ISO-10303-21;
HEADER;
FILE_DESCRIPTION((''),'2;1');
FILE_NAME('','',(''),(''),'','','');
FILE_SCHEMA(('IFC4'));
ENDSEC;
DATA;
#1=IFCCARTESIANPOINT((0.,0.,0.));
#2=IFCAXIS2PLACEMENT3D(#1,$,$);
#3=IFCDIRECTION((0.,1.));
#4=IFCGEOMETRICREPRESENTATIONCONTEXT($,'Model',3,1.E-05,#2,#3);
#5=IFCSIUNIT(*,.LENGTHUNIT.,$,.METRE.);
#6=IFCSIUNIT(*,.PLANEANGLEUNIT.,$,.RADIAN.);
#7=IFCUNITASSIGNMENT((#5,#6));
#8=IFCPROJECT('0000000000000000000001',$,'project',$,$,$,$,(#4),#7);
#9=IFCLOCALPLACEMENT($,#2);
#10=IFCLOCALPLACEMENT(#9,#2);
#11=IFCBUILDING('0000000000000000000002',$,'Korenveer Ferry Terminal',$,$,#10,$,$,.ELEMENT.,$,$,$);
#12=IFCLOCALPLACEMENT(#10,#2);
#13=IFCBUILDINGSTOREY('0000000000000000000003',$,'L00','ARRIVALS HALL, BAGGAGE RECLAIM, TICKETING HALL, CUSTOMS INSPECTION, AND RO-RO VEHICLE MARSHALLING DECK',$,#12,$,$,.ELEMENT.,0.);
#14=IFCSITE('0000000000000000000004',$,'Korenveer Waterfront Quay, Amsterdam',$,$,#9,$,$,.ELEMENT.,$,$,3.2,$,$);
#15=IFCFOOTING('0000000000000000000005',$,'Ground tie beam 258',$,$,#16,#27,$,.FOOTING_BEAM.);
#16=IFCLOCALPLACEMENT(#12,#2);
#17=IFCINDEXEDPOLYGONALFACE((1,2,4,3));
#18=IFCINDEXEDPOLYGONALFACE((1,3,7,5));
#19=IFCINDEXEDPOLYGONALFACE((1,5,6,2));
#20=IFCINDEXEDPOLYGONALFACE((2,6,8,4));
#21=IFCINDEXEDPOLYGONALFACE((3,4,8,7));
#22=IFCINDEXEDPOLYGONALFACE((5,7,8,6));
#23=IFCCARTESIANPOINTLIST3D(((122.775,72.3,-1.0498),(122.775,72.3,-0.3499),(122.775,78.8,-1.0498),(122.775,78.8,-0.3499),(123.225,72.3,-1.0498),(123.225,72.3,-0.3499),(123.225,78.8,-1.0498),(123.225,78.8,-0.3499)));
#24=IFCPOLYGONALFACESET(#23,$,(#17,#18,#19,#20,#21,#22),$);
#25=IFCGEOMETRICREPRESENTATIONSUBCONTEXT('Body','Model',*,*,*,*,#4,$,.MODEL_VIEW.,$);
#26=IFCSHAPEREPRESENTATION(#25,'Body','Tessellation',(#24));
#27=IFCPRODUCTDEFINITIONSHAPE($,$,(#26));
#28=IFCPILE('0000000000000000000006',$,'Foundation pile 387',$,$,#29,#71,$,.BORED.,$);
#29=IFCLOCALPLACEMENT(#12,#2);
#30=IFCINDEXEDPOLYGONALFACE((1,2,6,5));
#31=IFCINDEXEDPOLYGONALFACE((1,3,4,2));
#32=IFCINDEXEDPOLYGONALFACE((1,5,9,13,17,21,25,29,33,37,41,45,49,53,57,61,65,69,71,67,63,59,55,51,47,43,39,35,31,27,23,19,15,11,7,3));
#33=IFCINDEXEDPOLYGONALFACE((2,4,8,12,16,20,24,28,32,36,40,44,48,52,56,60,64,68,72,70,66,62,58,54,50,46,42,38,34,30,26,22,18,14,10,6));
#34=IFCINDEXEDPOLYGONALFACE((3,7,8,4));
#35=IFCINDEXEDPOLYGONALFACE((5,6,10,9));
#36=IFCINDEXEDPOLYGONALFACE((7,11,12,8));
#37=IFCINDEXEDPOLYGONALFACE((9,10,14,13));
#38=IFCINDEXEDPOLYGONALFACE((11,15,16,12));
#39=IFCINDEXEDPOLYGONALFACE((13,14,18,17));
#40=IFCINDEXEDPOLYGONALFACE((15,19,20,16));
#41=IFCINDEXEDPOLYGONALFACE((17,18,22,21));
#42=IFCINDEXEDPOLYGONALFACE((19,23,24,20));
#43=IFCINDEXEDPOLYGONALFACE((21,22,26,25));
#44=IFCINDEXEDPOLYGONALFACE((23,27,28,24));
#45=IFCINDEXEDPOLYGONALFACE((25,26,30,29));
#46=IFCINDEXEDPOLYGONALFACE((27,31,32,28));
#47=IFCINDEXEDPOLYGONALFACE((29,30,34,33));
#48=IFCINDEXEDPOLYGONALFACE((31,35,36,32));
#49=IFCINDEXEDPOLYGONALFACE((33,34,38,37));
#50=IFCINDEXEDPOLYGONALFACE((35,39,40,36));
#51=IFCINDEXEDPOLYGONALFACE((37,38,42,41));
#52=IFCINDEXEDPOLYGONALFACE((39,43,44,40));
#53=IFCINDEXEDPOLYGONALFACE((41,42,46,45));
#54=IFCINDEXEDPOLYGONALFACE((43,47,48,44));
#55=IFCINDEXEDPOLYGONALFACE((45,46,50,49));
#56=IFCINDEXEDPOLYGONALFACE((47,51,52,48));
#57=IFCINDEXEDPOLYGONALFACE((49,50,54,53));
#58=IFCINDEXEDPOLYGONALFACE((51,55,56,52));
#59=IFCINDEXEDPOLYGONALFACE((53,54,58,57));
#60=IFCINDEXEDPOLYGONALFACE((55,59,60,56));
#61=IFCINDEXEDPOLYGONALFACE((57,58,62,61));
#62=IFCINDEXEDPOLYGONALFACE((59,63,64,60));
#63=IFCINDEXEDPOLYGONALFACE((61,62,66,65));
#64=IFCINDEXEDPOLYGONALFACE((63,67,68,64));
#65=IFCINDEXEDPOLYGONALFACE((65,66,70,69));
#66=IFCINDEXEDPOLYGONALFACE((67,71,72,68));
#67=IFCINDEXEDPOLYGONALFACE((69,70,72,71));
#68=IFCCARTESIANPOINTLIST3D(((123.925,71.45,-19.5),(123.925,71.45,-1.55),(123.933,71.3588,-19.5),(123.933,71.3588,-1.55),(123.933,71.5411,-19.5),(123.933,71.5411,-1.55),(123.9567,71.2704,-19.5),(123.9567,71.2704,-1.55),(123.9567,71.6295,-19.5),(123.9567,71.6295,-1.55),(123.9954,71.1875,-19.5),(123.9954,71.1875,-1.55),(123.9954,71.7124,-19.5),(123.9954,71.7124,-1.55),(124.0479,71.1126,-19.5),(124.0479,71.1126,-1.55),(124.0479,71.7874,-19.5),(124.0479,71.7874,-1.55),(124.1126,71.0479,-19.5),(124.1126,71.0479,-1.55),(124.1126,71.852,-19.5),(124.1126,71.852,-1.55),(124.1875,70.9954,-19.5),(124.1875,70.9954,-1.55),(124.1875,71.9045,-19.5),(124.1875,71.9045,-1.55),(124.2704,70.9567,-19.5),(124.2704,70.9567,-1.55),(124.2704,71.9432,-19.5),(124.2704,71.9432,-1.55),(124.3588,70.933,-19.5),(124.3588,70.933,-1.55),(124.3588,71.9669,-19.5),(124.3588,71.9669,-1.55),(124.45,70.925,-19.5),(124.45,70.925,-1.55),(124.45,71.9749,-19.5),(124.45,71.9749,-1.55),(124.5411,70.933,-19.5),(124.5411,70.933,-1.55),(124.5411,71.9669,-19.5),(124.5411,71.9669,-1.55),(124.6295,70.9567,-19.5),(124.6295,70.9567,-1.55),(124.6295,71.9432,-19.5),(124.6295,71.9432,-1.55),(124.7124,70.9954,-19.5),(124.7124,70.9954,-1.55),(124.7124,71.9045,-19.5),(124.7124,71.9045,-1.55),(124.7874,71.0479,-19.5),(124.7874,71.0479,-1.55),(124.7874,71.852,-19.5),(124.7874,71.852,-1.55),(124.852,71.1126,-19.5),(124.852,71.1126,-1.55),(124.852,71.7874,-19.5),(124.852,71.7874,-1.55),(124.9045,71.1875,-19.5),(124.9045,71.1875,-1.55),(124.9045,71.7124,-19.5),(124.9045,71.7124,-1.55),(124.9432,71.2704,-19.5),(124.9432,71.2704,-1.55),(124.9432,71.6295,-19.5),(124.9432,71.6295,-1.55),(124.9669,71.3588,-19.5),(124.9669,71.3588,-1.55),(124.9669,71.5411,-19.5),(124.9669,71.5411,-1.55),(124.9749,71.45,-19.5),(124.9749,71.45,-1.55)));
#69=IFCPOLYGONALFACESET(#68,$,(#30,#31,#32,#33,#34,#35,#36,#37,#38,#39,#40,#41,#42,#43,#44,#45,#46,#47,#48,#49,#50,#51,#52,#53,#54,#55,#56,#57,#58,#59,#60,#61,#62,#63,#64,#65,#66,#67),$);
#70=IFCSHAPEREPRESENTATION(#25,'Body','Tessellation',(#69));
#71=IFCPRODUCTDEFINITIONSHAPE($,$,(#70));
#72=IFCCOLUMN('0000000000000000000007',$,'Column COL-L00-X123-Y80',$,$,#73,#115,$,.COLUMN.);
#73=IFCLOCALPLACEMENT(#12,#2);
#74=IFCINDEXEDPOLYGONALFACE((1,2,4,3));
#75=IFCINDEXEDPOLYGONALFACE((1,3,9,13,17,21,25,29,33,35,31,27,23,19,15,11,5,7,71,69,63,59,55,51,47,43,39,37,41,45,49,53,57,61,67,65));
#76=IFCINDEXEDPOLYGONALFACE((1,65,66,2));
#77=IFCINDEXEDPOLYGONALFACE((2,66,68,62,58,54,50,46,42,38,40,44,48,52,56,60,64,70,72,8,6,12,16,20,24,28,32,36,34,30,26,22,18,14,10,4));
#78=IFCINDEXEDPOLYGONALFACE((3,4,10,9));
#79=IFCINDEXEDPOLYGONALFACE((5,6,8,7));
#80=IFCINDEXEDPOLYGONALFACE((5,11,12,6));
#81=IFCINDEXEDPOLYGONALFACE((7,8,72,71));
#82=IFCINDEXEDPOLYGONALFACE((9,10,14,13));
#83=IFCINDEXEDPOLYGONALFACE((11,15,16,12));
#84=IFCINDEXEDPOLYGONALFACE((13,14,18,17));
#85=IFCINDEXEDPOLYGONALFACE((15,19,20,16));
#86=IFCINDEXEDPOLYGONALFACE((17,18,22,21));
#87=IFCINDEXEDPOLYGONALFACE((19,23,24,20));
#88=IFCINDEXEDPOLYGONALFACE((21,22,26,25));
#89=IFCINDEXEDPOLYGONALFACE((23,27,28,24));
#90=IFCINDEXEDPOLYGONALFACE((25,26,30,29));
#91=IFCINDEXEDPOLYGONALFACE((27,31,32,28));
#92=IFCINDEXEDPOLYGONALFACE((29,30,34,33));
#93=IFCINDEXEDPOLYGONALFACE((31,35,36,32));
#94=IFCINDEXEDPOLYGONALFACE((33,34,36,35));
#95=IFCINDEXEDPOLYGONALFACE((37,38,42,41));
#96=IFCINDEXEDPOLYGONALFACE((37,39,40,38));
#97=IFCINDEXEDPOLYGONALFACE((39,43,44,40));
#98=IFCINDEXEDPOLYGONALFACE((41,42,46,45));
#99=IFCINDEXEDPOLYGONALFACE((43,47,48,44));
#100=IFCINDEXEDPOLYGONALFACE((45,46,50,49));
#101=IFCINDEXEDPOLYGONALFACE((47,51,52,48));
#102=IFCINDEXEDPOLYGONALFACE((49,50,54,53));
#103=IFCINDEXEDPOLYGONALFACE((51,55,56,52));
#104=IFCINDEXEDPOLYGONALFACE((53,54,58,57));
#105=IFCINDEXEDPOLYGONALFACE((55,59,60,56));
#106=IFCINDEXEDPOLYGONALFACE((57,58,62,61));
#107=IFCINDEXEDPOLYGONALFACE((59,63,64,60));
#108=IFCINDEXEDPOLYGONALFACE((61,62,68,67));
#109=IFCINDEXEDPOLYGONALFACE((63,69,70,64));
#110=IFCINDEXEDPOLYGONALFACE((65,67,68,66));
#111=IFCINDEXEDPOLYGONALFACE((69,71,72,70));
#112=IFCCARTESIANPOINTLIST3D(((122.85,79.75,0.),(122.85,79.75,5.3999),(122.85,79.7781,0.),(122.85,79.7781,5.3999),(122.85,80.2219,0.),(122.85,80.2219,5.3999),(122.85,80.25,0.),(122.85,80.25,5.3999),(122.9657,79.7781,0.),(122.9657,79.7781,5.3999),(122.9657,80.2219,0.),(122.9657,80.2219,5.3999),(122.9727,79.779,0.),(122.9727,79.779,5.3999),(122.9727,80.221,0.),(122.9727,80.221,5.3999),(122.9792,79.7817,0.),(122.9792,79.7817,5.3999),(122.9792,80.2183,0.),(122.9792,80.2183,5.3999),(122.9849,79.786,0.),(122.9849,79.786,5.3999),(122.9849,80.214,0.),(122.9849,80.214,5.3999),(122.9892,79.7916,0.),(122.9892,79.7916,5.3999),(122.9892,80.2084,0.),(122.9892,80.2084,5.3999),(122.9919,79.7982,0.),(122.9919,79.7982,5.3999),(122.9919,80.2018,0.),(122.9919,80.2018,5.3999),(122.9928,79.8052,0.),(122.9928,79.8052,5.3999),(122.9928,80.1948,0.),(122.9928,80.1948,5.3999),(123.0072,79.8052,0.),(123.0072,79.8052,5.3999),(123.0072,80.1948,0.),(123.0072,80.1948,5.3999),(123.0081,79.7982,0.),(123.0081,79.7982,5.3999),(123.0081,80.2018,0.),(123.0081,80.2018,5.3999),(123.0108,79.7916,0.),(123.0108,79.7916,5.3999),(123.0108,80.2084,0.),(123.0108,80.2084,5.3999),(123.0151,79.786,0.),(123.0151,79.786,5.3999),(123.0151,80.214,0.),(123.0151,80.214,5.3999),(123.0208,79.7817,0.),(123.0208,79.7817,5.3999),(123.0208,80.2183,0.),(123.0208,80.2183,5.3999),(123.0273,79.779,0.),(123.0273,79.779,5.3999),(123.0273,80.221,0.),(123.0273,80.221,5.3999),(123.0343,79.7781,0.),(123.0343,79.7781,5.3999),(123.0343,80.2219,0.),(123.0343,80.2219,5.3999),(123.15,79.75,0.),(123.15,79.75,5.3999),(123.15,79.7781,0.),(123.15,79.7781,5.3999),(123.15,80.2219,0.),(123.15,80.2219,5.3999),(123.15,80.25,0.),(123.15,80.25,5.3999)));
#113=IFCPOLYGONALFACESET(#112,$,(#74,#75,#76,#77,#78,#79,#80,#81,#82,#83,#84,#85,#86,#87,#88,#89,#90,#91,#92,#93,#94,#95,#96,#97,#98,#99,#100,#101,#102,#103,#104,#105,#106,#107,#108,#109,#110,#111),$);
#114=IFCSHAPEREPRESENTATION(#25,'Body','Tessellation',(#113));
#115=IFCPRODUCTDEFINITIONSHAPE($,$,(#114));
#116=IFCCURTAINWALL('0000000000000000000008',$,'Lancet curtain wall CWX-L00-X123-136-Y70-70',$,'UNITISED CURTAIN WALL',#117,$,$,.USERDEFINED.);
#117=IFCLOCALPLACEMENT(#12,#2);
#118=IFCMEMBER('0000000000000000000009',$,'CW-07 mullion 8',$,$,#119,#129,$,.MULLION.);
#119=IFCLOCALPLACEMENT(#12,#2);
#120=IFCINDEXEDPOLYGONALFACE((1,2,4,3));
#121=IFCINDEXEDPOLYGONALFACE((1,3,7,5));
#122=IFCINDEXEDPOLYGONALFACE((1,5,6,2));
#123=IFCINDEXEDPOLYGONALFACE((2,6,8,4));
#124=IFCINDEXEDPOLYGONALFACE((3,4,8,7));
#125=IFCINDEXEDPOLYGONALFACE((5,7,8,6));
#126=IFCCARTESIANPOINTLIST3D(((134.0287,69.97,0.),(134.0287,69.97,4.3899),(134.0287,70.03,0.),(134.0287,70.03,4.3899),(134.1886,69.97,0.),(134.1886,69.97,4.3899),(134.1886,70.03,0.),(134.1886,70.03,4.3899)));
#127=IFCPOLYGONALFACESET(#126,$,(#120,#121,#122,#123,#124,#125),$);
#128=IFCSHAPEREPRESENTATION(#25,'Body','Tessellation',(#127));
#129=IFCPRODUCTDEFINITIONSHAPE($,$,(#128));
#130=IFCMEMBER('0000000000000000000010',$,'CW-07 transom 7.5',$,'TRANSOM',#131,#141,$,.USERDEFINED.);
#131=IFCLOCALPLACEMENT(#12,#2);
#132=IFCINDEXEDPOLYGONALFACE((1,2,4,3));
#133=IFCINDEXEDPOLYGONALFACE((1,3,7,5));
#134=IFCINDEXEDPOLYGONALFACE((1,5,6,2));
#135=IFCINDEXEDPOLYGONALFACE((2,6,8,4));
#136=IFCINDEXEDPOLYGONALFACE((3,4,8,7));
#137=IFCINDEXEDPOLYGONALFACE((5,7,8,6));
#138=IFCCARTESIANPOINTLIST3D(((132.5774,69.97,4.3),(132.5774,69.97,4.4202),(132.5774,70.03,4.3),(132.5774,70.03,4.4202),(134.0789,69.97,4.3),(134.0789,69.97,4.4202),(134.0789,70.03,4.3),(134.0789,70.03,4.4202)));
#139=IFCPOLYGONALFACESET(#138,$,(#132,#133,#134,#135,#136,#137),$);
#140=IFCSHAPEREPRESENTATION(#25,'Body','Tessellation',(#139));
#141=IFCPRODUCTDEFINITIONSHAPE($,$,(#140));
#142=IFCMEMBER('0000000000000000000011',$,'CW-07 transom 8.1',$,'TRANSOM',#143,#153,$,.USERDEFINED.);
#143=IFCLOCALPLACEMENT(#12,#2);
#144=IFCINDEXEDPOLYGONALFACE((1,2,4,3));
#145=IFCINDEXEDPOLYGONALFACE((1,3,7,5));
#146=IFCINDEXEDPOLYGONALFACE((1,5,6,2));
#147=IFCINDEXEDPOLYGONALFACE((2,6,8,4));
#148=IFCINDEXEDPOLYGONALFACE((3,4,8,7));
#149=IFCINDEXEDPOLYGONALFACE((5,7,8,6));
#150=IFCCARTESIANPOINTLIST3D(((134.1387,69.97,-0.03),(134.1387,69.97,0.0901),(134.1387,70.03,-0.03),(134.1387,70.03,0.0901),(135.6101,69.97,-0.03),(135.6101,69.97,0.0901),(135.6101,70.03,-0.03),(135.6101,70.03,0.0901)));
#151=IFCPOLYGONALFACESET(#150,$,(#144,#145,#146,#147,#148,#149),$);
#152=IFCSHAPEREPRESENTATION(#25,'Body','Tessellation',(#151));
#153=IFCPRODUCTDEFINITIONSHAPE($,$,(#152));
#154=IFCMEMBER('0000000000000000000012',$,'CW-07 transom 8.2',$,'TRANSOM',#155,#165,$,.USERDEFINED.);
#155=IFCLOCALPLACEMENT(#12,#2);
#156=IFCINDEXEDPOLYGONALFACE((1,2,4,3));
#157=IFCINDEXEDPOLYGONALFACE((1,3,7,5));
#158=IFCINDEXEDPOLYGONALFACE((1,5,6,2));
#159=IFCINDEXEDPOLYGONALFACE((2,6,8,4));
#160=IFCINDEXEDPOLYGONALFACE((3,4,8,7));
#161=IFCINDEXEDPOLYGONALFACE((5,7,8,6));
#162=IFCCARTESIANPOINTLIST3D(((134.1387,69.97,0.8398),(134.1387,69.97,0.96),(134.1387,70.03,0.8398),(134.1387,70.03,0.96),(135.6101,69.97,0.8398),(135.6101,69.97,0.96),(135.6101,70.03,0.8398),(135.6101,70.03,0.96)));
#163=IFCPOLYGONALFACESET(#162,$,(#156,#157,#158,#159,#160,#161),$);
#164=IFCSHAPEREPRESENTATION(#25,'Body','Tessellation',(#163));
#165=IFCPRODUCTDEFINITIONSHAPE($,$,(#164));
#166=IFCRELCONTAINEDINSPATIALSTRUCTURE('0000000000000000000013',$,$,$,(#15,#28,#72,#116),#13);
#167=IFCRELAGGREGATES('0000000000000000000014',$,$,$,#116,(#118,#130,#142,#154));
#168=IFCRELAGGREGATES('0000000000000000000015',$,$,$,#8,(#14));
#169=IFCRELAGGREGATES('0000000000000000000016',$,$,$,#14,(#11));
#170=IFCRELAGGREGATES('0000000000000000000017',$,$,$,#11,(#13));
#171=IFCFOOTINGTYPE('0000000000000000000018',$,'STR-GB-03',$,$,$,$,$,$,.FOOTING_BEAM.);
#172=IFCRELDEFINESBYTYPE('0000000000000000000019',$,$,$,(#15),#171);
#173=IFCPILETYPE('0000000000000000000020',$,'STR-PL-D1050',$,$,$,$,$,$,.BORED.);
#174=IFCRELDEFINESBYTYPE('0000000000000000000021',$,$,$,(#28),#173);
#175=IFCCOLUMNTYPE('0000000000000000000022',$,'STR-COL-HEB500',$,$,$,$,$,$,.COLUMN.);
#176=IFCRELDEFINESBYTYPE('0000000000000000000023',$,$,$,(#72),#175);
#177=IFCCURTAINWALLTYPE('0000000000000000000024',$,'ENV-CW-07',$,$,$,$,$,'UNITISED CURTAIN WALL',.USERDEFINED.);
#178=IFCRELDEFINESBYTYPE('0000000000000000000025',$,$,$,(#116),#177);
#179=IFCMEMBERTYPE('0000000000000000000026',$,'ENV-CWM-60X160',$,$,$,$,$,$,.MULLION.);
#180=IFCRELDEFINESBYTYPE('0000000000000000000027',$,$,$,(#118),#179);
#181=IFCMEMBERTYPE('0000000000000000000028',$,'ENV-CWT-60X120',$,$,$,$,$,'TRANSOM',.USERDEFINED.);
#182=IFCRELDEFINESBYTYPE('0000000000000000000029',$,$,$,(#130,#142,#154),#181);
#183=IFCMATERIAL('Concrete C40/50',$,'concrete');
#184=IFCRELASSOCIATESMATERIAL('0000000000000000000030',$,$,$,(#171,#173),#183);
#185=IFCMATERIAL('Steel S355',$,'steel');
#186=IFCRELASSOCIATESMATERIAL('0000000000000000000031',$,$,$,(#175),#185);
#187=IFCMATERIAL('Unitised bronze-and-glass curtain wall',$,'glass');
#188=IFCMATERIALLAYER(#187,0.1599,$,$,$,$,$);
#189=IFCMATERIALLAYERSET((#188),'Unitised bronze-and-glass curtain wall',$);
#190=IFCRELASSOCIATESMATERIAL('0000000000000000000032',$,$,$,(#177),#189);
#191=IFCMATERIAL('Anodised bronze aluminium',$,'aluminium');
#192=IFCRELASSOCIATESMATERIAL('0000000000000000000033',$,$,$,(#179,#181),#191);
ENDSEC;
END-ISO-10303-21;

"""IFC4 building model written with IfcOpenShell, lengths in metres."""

from ifc_helpers import new_model, si_unit, direction, frame, origin, origin_2d, place, context, subcontext, project, spatial, rectangle, circle, i_section, extrude, material, layer, layer_set, material_profile, profile_set, type_object, element, aggregate, save


model = new_model("IFC4")

# Units and contexts
model_context = context("Model", 3, precision=1e-05, world=origin(), true_north=direction((0.0, 1.0)))
body_context = subcontext(model_context, "Body", "Model", "MODEL_VIEW")
ifc_project = project(units=[si_unit("LENGTHUNIT", "METRE"), si_unit("PLANEANGLEUNIT", "RADIAN")], contexts=[model_context])

# Site, building, storey
site_placement = place(None, origin())
site = spatial("IfcSite", under=ifc_project, at=site_placement, Name="Korenveer Waterfront Quay, Amsterdam", CompositionType="ELEMENT", RefElevation=3.2)
building_placement = place(site_placement, origin())
building = spatial("IfcBuilding", under=site, at=building_placement, Name="Korenveer Ferry Terminal", CompositionType="ELEMENT")
storey_placement = place(building_placement, origin())
storey = spatial("IfcBuildingStorey", under=building, at=storey_placement, Name="L00", Description="ARRIVALS HALL, BAGGAGE RECLAIM, TICKETING HALL, CUSTOMS INSPECTION, AND RO-RO VEHICLE MARSHALLING DECK", CompositionType="ELEMENT", Elevation=0.0)

# Footing
ifc_material_1 = material(Name="Concrete C40/50", Category="concrete")
footing_type = type_object("IfcFootingType", Name="STR-GB-03", PredefinedType="FOOTING_BEAM", material=ifc_material_1)
footing_placement = place(storey_placement, frame((123.0, 75.55, -1.0498), z_axis=(0.0, 0.0, 1.0), x_axis=(1.0, 0.0, 0.0)))
element("IfcFooting", 1, at=footing_placement, inside=storey, type_object=footing_type, Name="Ground tie beam 258", PredefinedType="FOOTING_BEAM", context=body_context, shape_type="SweptSolid", body=[
    extrude(rectangle(XDim=0.45, YDim=6.5, at=origin_2d()), origin(), (0.0, 0.0, 1.0), 0.7),
])

# Pile
ifc_material_profile_1 = material_profile(ifc_material_1, circle(Radius=0.5249, at=origin_2d()), Name="PILE D1050")
ifc_profile_set_1 = profile_set([ifc_material_profile_1], Name="Concrete C40/50")
pile_type = type_object("IfcPileType", Name="STR-PL-D1050", PredefinedType="BORED", material=ifc_profile_set_1)
pile_placement = place(storey_placement, frame((124.45, 71.45, -1.55), z_axis=(0.0, 0.0, -1.0), x_axis=(1.0, 0.0, 0.0)))
element("IfcPile", 2, at=pile_placement, inside=storey, type_object=pile_type, Name="Foundation pile 387", PredefinedType="BORED", context=body_context, shape_type="SweptSolid", body=[
    extrude(circle(Radius=0.5249, at=origin_2d()), origin(), (0.0, 0.0, 1.0), 17.95),
])

# Column
ifc_material_2 = material(Name="Steel S355", Category="steel")
ifc_material_profile_2 = material_profile(ifc_material_2, i_section(OverallWidth=0.3, OverallDepth=0.5, WebThickness=0.0144, FlangeThickness=0.0281, FilletRadius=0.0271, at=origin_2d()), Name="HEB 500")
ifc_profile_set_2 = profile_set([ifc_material_profile_2], Name="Steel S355")
column_type = type_object("IfcColumnType", Name="STR-COL-HEB500", PredefinedType="COLUMN", material=ifc_profile_set_2)
column_placement = place(storey_placement, frame((123.0, 80.0, 0.0), z_axis=(0.0, 0.0, 1.0), x_axis=(1.0, 0.0, 0.0)))
element("IfcColumn", 3, at=column_placement, inside=storey, type_object=column_type, Name="Column COL-L00-X123-Y80", PredefinedType="COLUMN", context=body_context, shape_type="SweptSolid", body=[
    extrude(i_section(OverallWidth=0.3, OverallDepth=0.5, WebThickness=0.0144, FlangeThickness=0.0281, FilletRadius=0.0271, at=origin_2d()), origin(), (0.0, 0.0, 1.0), 5.3999),
])

# Curtain wall, members
ifc_material_3 = material(Name="Unitised bronze-and-glass curtain wall", Category="glass")
ifc_layer_1 = layer(ifc_material_3, 0.1599)
ifc_layer_set_1 = layer_set([ifc_layer_1], Name="Unitised bronze-and-glass curtain wall")
curtain_wall_type = type_object("IfcCurtainWallType", Name="ENV-CW-07", ElementType="UNITISED CURTAIN WALL", PredefinedType="USERDEFINED", material=ifc_layer_set_1)
curtain_wall_placement = place(storey_placement, frame((123.1799, 70.0, 0.0)))
curtain_wall = element("IfcCurtainWall", 4, at=curtain_wall_placement, inside=storey, type_object=curtain_wall_type, Name="Lancet curtain wall CWX-L00-X123-136-Y70-70", ObjectType="UNITISED CURTAIN WALL", PredefinedType="USERDEFINED")
ifc_material_4 = material(Name="Anodised bronze aluminium", Category="aluminium")
ifc_material_profile_3 = material_profile(ifc_material_4, rectangle(XDim=0.0601, YDim=0.1599, at=origin_2d()), Name="ALU 60x160")
ifc_profile_set_3 = profile_set([ifc_material_profile_3], Name="Anodised bronze aluminium")
member_type_1 = type_object("IfcMemberType", Name="ENV-CWM-60X160", PredefinedType="MULLION", material=ifc_profile_set_3)
member_1_placement = place(storey_placement, frame((134.1086, 70.0, 0.0), z_axis=(0.0, 0.0, 1.0), x_axis=(0.0, 1.0, 0.0)))
member_1 = element("IfcMember", 5, at=member_1_placement, type_object=member_type_1, Name="CW-07 mullion 8", PredefinedType="MULLION", context=body_context, shape_type="SweptSolid", body=[
    extrude(rectangle(XDim=0.0601, YDim=0.1599, at=origin_2d()), origin(), (0.0, 0.0, 1.0), 4.3899),
])
ifc_material_profile_4 = material_profile(ifc_material_4, rectangle(XDim=0.0601, YDim=0.1201, at=origin_2d()), Name="ALU 60x120")
ifc_profile_set_4 = profile_set([ifc_material_profile_4], Name="Anodised bronze aluminium")
member_type_2 = type_object("IfcMemberType", Name="ENV-CWT-60X120", ElementType="TRANSOM", PredefinedType="USERDEFINED", material=ifc_profile_set_4)
member_2_placement = place(storey_placement, frame((132.5774, 70.0, 4.3601), z_axis=(1.0, 0.0, 0.0), x_axis=(0.0, 1.0, 0.0)))
member_2 = element("IfcMember", 6, at=member_2_placement, type_object=member_type_2, Name="CW-07 transom 7.5", ObjectType="TRANSOM", PredefinedType="USERDEFINED", context=body_context, shape_type="SweptSolid", body=[
    extrude(rectangle(XDim=0.0601, YDim=0.1201, at=origin_2d()), origin(), (0.0, 0.0, 1.0), 1.5015),
])
member_3_placement = place(storey_placement, frame((134.1387, 70.0, 0.03), z_axis=(1.0, 0.0, 0.0), x_axis=(0.0, 1.0, 0.0)))
member_3 = element("IfcMember", 7, at=member_3_placement, type_object=member_type_2, Name="CW-07 transom 8.1", ObjectType="TRANSOM", PredefinedType="USERDEFINED", context=body_context, shape_type="SweptSolid", body=[
    extrude(rectangle(XDim=0.0601, YDim=0.1201, at=origin_2d()), origin(), (0.0, 0.0, 1.0), 1.4714),
])
member_4_placement = place(storey_placement, frame((134.1387, 70.0, 0.8999), z_axis=(1.0, 0.0, 0.0), x_axis=(0.0, 1.0, 0.0)))
member_4 = element("IfcMember", 8, at=member_4_placement, type_object=member_type_2, Name="CW-07 transom 8.2", ObjectType="TRANSOM", PredefinedType="USERDEFINED", context=body_context, shape_type="SweptSolid", body=[
    extrude(rectangle(XDim=0.0601, YDim=0.1201, at=origin_2d()), origin(), (0.0, 0.0, 1.0), 1.4714),
])

aggregate(curtain_wall, [member_1, member_2, member_3, member_4])

save(model, "model.ifc")
